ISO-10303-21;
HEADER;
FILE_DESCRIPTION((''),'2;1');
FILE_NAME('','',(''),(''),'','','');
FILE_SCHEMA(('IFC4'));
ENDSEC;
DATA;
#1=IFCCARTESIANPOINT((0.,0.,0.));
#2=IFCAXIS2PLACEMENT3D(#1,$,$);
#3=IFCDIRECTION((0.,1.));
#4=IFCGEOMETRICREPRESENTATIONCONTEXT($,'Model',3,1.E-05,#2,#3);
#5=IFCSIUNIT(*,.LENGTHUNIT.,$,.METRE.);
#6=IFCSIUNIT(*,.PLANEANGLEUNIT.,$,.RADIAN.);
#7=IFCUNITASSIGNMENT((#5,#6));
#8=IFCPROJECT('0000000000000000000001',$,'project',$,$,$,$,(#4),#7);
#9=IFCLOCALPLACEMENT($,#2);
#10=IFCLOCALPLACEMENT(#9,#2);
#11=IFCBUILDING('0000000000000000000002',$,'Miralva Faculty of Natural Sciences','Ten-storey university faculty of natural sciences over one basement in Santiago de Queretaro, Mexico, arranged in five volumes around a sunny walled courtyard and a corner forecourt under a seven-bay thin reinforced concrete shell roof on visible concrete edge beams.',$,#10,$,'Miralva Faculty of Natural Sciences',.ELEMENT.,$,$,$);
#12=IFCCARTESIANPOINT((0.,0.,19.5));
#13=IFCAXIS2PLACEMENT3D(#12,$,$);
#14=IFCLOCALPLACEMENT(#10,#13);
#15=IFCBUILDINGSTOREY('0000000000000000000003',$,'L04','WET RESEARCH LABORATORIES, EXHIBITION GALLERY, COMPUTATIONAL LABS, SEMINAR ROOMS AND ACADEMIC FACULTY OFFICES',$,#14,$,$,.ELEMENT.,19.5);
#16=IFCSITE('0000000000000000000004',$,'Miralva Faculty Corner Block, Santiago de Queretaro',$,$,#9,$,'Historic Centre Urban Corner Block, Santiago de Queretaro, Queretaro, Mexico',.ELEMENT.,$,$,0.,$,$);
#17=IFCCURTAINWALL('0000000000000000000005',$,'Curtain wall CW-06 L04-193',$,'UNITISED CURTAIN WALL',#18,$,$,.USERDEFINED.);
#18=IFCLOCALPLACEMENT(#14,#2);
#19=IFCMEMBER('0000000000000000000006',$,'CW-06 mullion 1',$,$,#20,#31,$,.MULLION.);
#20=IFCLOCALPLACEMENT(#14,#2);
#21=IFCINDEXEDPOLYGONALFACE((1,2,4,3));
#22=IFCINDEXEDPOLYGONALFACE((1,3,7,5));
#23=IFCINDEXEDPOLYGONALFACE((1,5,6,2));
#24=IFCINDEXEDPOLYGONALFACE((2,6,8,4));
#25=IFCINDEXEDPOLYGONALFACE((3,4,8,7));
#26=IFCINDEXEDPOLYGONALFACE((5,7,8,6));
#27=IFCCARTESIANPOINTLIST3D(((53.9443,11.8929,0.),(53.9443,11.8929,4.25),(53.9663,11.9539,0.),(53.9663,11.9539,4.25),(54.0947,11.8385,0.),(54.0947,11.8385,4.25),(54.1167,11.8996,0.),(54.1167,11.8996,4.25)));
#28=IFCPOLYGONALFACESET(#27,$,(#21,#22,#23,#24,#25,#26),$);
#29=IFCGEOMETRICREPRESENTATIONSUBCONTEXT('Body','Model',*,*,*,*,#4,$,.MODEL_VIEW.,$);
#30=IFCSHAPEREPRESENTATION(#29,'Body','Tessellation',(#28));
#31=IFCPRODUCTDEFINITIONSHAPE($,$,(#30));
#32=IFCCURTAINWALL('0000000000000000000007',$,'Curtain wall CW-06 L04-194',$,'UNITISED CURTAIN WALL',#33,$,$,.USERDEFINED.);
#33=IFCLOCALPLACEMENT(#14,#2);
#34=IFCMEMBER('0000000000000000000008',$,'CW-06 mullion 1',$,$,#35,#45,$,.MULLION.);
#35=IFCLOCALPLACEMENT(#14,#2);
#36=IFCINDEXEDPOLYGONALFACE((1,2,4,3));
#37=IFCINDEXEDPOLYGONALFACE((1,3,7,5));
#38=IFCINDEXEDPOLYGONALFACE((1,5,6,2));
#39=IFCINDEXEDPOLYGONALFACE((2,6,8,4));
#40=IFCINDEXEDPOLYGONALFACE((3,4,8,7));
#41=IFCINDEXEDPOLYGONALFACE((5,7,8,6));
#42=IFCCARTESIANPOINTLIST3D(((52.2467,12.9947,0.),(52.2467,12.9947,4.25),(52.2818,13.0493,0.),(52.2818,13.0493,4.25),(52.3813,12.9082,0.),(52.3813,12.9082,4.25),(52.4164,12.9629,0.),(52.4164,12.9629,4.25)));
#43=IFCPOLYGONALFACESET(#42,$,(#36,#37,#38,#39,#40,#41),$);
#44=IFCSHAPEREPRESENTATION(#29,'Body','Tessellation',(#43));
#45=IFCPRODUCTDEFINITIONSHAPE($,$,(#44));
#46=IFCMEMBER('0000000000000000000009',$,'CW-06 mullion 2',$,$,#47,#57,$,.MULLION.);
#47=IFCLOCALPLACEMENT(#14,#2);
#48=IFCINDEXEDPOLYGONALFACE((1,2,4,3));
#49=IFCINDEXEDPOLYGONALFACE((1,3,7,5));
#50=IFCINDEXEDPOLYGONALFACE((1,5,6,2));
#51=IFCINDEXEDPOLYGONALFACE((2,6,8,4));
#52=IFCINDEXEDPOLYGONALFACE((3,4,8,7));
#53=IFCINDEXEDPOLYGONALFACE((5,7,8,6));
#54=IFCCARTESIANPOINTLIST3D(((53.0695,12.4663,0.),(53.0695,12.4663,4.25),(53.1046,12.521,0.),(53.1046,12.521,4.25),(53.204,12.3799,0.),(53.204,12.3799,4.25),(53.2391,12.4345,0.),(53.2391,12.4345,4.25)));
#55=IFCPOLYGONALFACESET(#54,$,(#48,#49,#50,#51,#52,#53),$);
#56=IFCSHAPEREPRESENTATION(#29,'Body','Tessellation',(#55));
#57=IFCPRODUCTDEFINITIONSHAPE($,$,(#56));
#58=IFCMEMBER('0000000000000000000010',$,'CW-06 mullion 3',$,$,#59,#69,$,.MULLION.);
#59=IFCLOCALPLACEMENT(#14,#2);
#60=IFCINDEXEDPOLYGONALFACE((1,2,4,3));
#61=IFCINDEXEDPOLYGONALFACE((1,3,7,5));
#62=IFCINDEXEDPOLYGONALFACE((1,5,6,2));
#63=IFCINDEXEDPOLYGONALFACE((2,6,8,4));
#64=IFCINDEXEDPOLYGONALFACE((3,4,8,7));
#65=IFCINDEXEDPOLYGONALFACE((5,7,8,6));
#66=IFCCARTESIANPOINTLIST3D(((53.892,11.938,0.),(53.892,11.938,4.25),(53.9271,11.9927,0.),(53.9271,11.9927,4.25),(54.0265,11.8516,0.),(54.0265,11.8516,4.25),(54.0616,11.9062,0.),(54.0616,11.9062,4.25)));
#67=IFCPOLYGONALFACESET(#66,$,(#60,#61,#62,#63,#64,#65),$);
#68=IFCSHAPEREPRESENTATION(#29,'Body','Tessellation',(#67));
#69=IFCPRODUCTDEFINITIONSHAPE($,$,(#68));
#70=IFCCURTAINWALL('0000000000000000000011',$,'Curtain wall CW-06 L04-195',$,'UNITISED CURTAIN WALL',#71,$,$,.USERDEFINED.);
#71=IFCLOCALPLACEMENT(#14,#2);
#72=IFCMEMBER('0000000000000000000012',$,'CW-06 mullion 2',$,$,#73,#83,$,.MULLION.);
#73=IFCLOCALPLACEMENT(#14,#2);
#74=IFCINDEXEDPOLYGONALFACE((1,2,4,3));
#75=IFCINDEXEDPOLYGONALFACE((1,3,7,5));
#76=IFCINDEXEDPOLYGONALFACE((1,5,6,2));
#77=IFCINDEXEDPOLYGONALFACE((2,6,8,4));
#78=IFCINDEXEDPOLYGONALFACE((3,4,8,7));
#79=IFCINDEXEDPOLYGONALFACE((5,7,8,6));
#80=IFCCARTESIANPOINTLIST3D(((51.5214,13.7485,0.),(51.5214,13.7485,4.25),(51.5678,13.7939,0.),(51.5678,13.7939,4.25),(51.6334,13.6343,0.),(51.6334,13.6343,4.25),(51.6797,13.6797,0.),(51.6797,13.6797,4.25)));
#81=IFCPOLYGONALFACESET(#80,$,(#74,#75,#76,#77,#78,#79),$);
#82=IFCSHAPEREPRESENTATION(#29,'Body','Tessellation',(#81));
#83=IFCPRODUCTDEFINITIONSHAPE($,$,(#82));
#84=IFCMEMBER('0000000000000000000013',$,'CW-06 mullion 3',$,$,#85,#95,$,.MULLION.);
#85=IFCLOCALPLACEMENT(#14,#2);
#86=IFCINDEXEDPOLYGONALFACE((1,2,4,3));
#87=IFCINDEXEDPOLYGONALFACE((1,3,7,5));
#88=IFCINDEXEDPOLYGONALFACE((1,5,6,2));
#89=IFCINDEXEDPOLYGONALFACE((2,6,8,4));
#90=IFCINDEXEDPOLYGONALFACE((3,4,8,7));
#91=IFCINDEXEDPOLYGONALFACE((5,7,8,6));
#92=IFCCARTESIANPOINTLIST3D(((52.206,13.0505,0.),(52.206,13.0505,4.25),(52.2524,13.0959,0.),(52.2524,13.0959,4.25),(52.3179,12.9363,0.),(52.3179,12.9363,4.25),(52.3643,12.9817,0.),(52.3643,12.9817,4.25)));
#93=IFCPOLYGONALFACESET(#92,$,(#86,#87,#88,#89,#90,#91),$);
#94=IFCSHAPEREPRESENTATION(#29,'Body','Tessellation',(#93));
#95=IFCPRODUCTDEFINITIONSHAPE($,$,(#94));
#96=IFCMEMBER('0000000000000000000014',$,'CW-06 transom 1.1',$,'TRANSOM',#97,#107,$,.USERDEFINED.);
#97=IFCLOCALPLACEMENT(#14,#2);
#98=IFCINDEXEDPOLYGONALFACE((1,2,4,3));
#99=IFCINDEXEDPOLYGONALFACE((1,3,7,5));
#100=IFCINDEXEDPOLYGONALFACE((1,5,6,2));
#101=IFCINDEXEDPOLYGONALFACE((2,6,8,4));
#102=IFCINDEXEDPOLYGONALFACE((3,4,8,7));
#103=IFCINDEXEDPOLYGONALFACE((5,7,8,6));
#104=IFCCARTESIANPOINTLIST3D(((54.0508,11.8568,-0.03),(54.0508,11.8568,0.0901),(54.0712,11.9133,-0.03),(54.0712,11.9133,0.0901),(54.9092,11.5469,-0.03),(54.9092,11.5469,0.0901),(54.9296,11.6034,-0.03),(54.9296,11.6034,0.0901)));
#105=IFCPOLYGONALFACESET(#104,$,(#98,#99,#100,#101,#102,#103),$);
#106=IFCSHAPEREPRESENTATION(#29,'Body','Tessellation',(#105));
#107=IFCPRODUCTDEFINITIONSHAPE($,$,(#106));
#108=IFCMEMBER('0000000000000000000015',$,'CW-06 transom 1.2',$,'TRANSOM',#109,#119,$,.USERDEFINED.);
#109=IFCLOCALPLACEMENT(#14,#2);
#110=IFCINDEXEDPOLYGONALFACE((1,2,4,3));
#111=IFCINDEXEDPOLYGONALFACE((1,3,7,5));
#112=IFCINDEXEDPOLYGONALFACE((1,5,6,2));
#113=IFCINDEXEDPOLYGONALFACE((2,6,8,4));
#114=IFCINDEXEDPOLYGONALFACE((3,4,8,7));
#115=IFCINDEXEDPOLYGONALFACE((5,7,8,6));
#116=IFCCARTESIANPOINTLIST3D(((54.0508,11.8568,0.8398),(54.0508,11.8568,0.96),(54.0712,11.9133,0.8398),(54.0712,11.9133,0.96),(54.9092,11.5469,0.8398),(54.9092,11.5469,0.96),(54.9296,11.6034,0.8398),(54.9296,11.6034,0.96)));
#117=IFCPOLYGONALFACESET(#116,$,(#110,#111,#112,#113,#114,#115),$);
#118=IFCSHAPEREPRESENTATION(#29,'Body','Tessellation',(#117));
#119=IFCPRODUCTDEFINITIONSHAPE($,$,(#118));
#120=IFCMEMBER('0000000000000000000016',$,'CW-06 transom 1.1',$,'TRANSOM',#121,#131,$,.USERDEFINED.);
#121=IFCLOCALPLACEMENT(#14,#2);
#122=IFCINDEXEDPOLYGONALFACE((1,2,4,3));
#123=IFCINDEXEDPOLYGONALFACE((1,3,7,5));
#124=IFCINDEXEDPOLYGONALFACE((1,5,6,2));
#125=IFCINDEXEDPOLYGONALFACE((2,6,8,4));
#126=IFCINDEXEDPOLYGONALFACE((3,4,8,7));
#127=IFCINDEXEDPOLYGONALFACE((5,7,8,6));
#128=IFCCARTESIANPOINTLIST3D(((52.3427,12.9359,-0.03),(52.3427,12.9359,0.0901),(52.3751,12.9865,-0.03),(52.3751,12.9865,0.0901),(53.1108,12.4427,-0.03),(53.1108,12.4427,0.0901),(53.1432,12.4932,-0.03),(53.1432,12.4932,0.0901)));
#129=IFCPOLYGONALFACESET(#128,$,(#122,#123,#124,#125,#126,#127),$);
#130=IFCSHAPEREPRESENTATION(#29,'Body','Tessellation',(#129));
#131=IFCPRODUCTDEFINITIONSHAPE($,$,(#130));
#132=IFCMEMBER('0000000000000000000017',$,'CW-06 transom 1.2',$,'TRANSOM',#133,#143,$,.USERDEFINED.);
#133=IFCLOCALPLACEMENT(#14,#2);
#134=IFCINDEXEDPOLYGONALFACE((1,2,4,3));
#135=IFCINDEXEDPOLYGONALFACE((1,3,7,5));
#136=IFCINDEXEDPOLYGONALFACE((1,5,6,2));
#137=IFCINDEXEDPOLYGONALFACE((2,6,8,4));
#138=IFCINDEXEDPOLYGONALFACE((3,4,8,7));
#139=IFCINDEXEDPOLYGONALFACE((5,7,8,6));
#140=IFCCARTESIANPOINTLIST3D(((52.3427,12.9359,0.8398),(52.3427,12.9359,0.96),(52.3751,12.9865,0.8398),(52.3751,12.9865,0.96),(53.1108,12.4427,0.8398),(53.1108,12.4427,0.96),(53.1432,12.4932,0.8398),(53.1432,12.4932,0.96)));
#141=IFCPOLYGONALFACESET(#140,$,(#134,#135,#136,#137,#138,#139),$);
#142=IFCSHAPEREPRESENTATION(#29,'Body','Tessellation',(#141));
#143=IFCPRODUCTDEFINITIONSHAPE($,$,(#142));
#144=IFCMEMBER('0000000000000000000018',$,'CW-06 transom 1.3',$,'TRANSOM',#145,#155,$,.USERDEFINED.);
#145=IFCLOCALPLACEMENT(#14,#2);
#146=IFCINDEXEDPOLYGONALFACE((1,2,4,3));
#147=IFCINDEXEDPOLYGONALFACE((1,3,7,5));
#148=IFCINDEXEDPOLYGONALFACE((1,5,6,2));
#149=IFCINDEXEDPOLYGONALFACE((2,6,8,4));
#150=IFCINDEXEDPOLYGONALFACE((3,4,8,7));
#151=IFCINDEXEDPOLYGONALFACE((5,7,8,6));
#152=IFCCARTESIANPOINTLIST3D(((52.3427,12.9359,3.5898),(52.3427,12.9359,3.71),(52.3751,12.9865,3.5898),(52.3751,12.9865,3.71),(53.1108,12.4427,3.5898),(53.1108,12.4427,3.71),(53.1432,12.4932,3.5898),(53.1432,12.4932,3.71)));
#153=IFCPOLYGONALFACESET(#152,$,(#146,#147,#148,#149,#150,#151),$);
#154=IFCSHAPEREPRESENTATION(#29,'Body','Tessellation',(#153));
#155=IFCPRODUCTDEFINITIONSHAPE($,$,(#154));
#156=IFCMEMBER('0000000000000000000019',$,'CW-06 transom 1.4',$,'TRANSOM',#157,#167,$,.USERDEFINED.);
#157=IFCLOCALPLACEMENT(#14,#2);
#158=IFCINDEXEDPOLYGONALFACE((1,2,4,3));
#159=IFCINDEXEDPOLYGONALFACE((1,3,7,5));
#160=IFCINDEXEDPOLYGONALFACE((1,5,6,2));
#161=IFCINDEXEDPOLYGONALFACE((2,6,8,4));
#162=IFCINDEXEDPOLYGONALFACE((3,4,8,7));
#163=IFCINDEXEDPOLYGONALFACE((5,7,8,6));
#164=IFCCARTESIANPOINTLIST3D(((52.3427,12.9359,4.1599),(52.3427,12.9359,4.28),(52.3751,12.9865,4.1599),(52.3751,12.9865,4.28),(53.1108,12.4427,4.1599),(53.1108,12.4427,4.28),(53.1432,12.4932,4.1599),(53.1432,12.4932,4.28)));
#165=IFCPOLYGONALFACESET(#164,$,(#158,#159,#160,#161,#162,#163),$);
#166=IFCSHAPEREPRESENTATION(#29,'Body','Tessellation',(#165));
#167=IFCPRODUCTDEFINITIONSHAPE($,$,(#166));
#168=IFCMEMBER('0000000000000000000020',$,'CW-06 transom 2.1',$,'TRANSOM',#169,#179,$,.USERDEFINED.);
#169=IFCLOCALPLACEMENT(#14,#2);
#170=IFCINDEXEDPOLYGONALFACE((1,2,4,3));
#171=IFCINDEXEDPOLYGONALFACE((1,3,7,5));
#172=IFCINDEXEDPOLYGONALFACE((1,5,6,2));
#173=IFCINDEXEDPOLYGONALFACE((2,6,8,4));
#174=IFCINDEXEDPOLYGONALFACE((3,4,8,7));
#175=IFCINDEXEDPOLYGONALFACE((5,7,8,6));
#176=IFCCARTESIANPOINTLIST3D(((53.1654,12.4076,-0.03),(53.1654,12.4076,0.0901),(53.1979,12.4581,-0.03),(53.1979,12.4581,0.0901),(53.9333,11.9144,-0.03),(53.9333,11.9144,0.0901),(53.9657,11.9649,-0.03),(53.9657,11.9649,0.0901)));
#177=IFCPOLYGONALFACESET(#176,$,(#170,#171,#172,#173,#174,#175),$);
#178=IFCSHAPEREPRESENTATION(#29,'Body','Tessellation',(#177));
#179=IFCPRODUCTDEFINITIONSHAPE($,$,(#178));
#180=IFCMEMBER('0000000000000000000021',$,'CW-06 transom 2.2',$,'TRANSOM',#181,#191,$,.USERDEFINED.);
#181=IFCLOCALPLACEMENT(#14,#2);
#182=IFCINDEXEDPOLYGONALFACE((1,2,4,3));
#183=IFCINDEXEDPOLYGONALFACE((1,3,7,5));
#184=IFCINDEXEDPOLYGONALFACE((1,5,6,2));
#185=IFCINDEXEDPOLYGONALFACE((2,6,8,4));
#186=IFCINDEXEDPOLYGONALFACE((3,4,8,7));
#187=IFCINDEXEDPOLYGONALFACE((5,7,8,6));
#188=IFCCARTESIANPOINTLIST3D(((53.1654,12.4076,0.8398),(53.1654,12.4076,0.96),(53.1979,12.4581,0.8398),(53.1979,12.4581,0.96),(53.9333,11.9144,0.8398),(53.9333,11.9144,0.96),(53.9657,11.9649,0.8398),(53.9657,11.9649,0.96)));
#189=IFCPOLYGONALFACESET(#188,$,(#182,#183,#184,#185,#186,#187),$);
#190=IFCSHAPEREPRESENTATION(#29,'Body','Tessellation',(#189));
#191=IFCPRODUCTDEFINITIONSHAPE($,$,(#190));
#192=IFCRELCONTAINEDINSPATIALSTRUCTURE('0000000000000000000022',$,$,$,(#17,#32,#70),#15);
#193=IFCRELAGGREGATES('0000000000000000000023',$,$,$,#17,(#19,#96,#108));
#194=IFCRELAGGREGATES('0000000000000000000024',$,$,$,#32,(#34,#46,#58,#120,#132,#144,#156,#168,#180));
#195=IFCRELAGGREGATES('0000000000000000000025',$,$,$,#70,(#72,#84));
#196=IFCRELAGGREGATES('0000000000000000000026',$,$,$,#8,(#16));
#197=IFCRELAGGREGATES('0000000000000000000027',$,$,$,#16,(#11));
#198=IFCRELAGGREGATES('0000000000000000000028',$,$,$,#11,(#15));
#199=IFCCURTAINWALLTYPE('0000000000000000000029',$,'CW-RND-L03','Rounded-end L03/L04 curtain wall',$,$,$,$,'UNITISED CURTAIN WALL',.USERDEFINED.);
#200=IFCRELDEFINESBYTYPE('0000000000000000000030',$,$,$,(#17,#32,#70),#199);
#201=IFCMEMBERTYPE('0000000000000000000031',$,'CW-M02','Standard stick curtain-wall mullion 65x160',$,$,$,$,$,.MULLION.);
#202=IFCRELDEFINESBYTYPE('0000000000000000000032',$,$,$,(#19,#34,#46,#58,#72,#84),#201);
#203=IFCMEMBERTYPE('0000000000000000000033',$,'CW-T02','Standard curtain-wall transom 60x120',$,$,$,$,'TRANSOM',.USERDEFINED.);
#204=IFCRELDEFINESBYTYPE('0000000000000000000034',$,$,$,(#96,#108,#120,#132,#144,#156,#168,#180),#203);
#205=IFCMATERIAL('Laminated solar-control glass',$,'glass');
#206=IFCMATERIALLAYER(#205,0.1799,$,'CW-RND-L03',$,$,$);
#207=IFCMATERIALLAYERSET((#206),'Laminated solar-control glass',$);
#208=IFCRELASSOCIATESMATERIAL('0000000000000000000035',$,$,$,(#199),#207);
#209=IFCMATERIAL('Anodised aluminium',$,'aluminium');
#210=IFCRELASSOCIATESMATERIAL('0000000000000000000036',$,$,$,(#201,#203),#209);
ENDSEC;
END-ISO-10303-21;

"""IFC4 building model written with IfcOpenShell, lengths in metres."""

from ifc_helpers import new_model, si_unit, direction, frame, origin, origin_2d, place, context, subcontext, project, spatial, rectangle, extrude, material, layer, layer_set, material_profile, profile_set, type_object, element, aggregate, save


model = new_model("IFC4")

# Units and contexts
model_context = context("Model", 3, precision=1e-05, world=origin(), true_north=direction((0.0, 1.0)))
body_context = subcontext(model_context, "Body", "Model", "MODEL_VIEW")
ifc_project = project(units=[si_unit("LENGTHUNIT", "METRE"), si_unit("PLANEANGLEUNIT", "RADIAN")], contexts=[model_context])

# Site, building, storey
site_placement = place(None, origin())
site = spatial("IfcSite", under=ifc_project, at=site_placement, Name="Miralva Faculty Corner Block, Santiago de Queretaro", LongName="Historic Centre Urban Corner Block, Santiago de Queretaro, Queretaro, Mexico", CompositionType="ELEMENT", RefElevation=0.0)
building_placement = place(site_placement, origin())
building = spatial("IfcBuilding", under=site, at=building_placement, Name="Miralva Faculty of Natural Sciences", Description="Ten-storey university faculty of natural sciences over one basement in Santiago de Queretaro, Mexico, arranged in five volumes around a sunny walled courtyard and a corner forecourt under a seven-bay thin reinforced concrete shell roof on visible concrete edge beams.", LongName="Miralva Faculty of Natural Sciences", CompositionType="ELEMENT")
storey_placement = place(building_placement, frame((0.0, 0.0, 19.5)))
storey = spatial("IfcBuildingStorey", under=building, at=storey_placement, Name="L04", Description="WET RESEARCH LABORATORIES, EXHIBITION GALLERY, COMPUTATIONAL LABS, SEMINAR ROOMS AND ACADEMIC FACULTY OFFICES", CompositionType="ELEMENT", Elevation=19.5)

# Curtain wall, member
ifc_material_1 = material(Name="Laminated solar-control glass", Category="glass")
ifc_layer_1 = layer(ifc_material_1, 0.1799, Name="CW-RND-L03")
ifc_layer_set_1 = layer_set([ifc_layer_1], Name="Laminated solar-control glass")
curtain_wall_type = type_object("IfcCurtainWallType", Name="CW-RND-L03", Description="Rounded-end L03/L04 curtain wall", ElementType="UNITISED CURTAIN WALL", PredefinedType="USERDEFINED", material=ifc_layer_set_1)
curtain_wall_1_placement = place(storey_placement, origin())
curtain_wall_1 = element("IfcCurtainWall", 1, at=curtain_wall_1_placement, inside=storey, type_object=curtain_wall_type, Name="Curtain wall CW-06 L04-193", ObjectType="UNITISED CURTAIN WALL", PredefinedType="USERDEFINED")
ifc_material_2 = material(Name="Anodised aluminium", Category="aluminium")
ifc_material_profile_1 = material_profile(ifc_material_2, rectangle(XDim=0.0649, YDim=0.1599, at=origin_2d()), Name="MULLION 65x160")
ifc_profile_set_1 = profile_set([ifc_material_profile_1], Name="Anodised aluminium")
member_type_1 = type_object("IfcMemberType", Name="CW-M02", Description="Standard stick curtain-wall mullion 65x160", PredefinedType="MULLION", material=ifc_profile_set_1)
member_1_placement = place(storey_placement, frame((54.0305, 11.8962, 0.0), z_axis=(0.0, 0.0, 1.0), x_axis=(0.339696, 0.940535, 0.0)))
member_1 = element("IfcMember", 2, at=member_1_placement, type_object=member_type_1, Name="CW-06 mullion 1", PredefinedType="MULLION", context=body_context, shape_type="SweptSolid", body=[
    extrude(rectangle(XDim=0.0649, YDim=0.1599, at=origin_2d()), origin(), (0.0, 0.0, 1.0), 4.25),
])

# Curtain walls, members
curtain_wall_2_placement = place(storey_placement, origin())
curtain_wall_2 = element("IfcCurtainWall", 3, at=curtain_wall_2_placement, inside=storey, type_object=curtain_wall_type, Name="Curtain wall CW-06 L04-194", ObjectType="UNITISED CURTAIN WALL", PredefinedType="USERDEFINED")
member_2_placement = place(storey_placement, frame((52.3315, 12.9788, 0.0), z_axis=(0.0, 0.0, 1.0), x_axis=(0.540445, 0.841379, 0.0)))
member_2 = element("IfcMember", 4, at=member_2_placement, type_object=member_type_1, Name="CW-06 mullion 1", PredefinedType="MULLION", context=body_context, shape_type="SweptSolid", body=[
    extrude(rectangle(XDim=0.0649, YDim=0.1599, at=origin_2d()), origin(), (0.0, 0.0, 1.0), 4.25),
])
member_3_placement = place(storey_placement, frame((53.1543, 12.4504, 0.0), z_axis=(0.0, 0.0, 1.0), x_axis=(0.540445, 0.841379, 0.0)))
member_3 = element("IfcMember", 5, at=member_3_placement, type_object=member_type_1, Name="CW-06 mullion 2", PredefinedType="MULLION", context=body_context, shape_type="SweptSolid", body=[
    extrude(rectangle(XDim=0.0649, YDim=0.1599, at=origin_2d()), origin(), (0.0, 0.0, 1.0), 4.25),
])
member_4_placement = place(storey_placement, frame((53.9768, 11.9221, 0.0), z_axis=(0.0, 0.0, 1.0), x_axis=(0.540445, 0.841379, 0.0)))
member_4 = element("IfcMember", 6, at=member_4_placement, type_object=member_type_1, Name="CW-06 mullion 3", PredefinedType="MULLION", context=body_context, shape_type="SweptSolid", body=[
    extrude(rectangle(XDim=0.0649, YDim=0.1599, at=origin_2d()), origin(), (0.0, 0.0, 1.0), 4.25),
])
curtain_wall_3_placement = place(storey_placement, origin())
curtain_wall_3 = element("IfcCurtainWall", 7, at=curtain_wall_3_placement, inside=storey, type_object=curtain_wall_type, Name="Curtain wall CW-06 L04-195", ObjectType="UNITISED CURTAIN WALL", PredefinedType="USERDEFINED")
member_5_placement = place(storey_placement, frame((51.6006, 13.7141, 0.0), z_axis=(0.0, 0.0, 1.0), x_axis=(0.714125, 0.700018, 0.0)))
member_5 = element("IfcMember", 8, at=member_5_placement, type_object=member_type_1, Name="CW-06 mullion 2", PredefinedType="MULLION", context=body_context, shape_type="SweptSolid", body=[
    extrude(rectangle(XDim=0.0649, YDim=0.1599, at=origin_2d()), origin(), (0.0, 0.0, 1.0), 4.25),
])
member_6_placement = place(storey_placement, frame((52.2852, 13.0161, 0.0), z_axis=(0.0, 0.0, 1.0), x_axis=(0.714125, 0.700018, 0.0)))
member_6 = element("IfcMember", 9, at=member_6_placement, type_object=member_type_1, Name="CW-06 mullion 3", PredefinedType="MULLION", context=body_context, shape_type="SweptSolid", body=[
    extrude(rectangle(XDim=0.0649, YDim=0.1599, at=origin_2d()), origin(), (0.0, 0.0, 1.0), 4.25),
])

# Members
ifc_material_profile_2 = material_profile(ifc_material_2, rectangle(XDim=0.0601, YDim=0.1201, at=origin_2d()), Name="TRANSOM 60x120")
ifc_profile_set_2 = profile_set([ifc_material_profile_2], Name="Anodised aluminium")
member_type_2 = type_object("IfcMemberType", Name="CW-T02", Description="Standard curtain-wall transom 60x120", ElementType="TRANSOM", PredefinedType="USERDEFINED", material=ifc_profile_set_2)
member_7_placement = place(storey_placement, frame((54.061, 11.885, 0.03), z_axis=(0.940611, -0.339487, 0.0), x_axis=(0.339487, 0.940611, 0.0)))
member_7 = element("IfcMember", 10, at=member_7_placement, type_object=member_type_2, Name="CW-06 transom 1.1", ObjectType="TRANSOM", PredefinedType="USERDEFINED", context=body_context, shape_type="SweptSolid", body=[
    extrude(rectangle(XDim=0.0601, YDim=0.1201, at=origin_2d()), origin(), (0.0, 0.0, 1.0), 0.9126),
])
member_8_placement = place(storey_placement, frame((54.061, 11.885, 0.8999), z_axis=(0.940611, -0.339487, 0.0), x_axis=(0.339487, 0.940611, 0.0)))
member_8 = element("IfcMember", 11, at=member_8_placement, type_object=member_type_2, Name="CW-06 transom 1.2", ObjectType="TRANSOM", PredefinedType="USERDEFINED", context=body_context, shape_type="SweptSolid", body=[
    extrude(rectangle(XDim=0.0601, YDim=0.1201, at=origin_2d()), origin(), (0.0, 0.0, 1.0), 0.9126),
])
aggregate(curtain_wall_1, [member_1, member_7, member_8])
member_9_placement = place(storey_placement, frame((52.3589, 12.9612, 0.03), z_axis=(0.841474, -0.540298, 0.0), x_axis=(0.540298, 0.841474, 0.0)))
member_9 = element("IfcMember", 12, at=member_9_placement, type_object=member_type_2, Name="CW-06 transom 1.1", ObjectType="TRANSOM", PredefinedType="USERDEFINED", context=body_context, shape_type="SweptSolid", body=[
    extrude(rectangle(XDim=0.0601, YDim=0.1201, at=origin_2d()), origin(), (0.0, 0.0, 1.0), 0.9128),
])
member_10_placement = place(storey_placement, frame((52.3589, 12.9612, 0.8999), z_axis=(0.841474, -0.540298, 0.0), x_axis=(0.540298, 0.841474, 0.0)))
member_10 = element("IfcMember", 13, at=member_10_placement, type_object=member_type_2, Name="CW-06 transom 1.2", ObjectType="TRANSOM", PredefinedType="USERDEFINED", context=body_context, shape_type="SweptSolid", body=[
    extrude(rectangle(XDim=0.0601, YDim=0.1201, at=origin_2d()), origin(), (0.0, 0.0, 1.0), 0.9128),
])
member_11_placement = place(storey_placement, frame((52.3589, 12.9612, 3.6499), z_axis=(0.841474, -0.540298, 0.0), x_axis=(0.540298, 0.841474, 0.0)))
member_11 = element("IfcMember", 14, at=member_11_placement, type_object=member_type_2, Name="CW-06 transom 1.3", ObjectType="TRANSOM", PredefinedType="USERDEFINED", context=body_context, shape_type="SweptSolid", body=[
    extrude(rectangle(XDim=0.0601, YDim=0.1201, at=origin_2d()), origin(), (0.0, 0.0, 1.0), 0.9128),
])
member_12_placement = place(storey_placement, frame((52.3589, 12.9612, 4.22), z_axis=(0.841474, -0.540298, 0.0), x_axis=(0.540298, 0.841474, 0.0)))
member_12 = element("IfcMember", 15, at=member_12_placement, type_object=member_type_2, Name="CW-06 transom 1.4", ObjectType="TRANSOM", PredefinedType="USERDEFINED", context=body_context, shape_type="SweptSolid", body=[
    extrude(rectangle(XDim=0.0601, YDim=0.1201, at=origin_2d()), origin(), (0.0, 0.0, 1.0), 0.9128),
])
member_13_placement = place(storey_placement, frame((53.1816, 12.4329, 0.03), z_axis=(0.841396, -0.54042, 0.0), x_axis=(0.54042, 0.841396, 0.0)))
member_13 = element("IfcMember", 16, at=member_13_placement, type_object=member_type_2, Name="CW-06 transom 2.1", ObjectType="TRANSOM", PredefinedType="USERDEFINED", context=body_context, shape_type="SweptSolid", body=[
    extrude(rectangle(XDim=0.0601, YDim=0.1201, at=origin_2d()), origin(), (0.0, 0.0, 1.0), 0.9126),
])
member_14_placement = place(storey_placement, frame((53.1816, 12.4329, 0.8999), z_axis=(0.841396, -0.54042, 0.0), x_axis=(0.54042, 0.841396, 0.0)))
member_14 = element("IfcMember", 17, at=member_14_placement, type_object=member_type_2, Name="CW-06 transom 2.2", ObjectType="TRANSOM", PredefinedType="USERDEFINED", context=body_context, shape_type="SweptSolid", body=[
    extrude(rectangle(XDim=0.0601, YDim=0.1201, at=origin_2d()), origin(), (0.0, 0.0, 1.0), 0.9126),
])

aggregate(curtain_wall_2, [member_2, member_3, member_4, member_9, member_10, member_11, member_12, member_13, member_14])
aggregate(curtain_wall_3, [member_5, member_6])

save(model, "model.ifc")
